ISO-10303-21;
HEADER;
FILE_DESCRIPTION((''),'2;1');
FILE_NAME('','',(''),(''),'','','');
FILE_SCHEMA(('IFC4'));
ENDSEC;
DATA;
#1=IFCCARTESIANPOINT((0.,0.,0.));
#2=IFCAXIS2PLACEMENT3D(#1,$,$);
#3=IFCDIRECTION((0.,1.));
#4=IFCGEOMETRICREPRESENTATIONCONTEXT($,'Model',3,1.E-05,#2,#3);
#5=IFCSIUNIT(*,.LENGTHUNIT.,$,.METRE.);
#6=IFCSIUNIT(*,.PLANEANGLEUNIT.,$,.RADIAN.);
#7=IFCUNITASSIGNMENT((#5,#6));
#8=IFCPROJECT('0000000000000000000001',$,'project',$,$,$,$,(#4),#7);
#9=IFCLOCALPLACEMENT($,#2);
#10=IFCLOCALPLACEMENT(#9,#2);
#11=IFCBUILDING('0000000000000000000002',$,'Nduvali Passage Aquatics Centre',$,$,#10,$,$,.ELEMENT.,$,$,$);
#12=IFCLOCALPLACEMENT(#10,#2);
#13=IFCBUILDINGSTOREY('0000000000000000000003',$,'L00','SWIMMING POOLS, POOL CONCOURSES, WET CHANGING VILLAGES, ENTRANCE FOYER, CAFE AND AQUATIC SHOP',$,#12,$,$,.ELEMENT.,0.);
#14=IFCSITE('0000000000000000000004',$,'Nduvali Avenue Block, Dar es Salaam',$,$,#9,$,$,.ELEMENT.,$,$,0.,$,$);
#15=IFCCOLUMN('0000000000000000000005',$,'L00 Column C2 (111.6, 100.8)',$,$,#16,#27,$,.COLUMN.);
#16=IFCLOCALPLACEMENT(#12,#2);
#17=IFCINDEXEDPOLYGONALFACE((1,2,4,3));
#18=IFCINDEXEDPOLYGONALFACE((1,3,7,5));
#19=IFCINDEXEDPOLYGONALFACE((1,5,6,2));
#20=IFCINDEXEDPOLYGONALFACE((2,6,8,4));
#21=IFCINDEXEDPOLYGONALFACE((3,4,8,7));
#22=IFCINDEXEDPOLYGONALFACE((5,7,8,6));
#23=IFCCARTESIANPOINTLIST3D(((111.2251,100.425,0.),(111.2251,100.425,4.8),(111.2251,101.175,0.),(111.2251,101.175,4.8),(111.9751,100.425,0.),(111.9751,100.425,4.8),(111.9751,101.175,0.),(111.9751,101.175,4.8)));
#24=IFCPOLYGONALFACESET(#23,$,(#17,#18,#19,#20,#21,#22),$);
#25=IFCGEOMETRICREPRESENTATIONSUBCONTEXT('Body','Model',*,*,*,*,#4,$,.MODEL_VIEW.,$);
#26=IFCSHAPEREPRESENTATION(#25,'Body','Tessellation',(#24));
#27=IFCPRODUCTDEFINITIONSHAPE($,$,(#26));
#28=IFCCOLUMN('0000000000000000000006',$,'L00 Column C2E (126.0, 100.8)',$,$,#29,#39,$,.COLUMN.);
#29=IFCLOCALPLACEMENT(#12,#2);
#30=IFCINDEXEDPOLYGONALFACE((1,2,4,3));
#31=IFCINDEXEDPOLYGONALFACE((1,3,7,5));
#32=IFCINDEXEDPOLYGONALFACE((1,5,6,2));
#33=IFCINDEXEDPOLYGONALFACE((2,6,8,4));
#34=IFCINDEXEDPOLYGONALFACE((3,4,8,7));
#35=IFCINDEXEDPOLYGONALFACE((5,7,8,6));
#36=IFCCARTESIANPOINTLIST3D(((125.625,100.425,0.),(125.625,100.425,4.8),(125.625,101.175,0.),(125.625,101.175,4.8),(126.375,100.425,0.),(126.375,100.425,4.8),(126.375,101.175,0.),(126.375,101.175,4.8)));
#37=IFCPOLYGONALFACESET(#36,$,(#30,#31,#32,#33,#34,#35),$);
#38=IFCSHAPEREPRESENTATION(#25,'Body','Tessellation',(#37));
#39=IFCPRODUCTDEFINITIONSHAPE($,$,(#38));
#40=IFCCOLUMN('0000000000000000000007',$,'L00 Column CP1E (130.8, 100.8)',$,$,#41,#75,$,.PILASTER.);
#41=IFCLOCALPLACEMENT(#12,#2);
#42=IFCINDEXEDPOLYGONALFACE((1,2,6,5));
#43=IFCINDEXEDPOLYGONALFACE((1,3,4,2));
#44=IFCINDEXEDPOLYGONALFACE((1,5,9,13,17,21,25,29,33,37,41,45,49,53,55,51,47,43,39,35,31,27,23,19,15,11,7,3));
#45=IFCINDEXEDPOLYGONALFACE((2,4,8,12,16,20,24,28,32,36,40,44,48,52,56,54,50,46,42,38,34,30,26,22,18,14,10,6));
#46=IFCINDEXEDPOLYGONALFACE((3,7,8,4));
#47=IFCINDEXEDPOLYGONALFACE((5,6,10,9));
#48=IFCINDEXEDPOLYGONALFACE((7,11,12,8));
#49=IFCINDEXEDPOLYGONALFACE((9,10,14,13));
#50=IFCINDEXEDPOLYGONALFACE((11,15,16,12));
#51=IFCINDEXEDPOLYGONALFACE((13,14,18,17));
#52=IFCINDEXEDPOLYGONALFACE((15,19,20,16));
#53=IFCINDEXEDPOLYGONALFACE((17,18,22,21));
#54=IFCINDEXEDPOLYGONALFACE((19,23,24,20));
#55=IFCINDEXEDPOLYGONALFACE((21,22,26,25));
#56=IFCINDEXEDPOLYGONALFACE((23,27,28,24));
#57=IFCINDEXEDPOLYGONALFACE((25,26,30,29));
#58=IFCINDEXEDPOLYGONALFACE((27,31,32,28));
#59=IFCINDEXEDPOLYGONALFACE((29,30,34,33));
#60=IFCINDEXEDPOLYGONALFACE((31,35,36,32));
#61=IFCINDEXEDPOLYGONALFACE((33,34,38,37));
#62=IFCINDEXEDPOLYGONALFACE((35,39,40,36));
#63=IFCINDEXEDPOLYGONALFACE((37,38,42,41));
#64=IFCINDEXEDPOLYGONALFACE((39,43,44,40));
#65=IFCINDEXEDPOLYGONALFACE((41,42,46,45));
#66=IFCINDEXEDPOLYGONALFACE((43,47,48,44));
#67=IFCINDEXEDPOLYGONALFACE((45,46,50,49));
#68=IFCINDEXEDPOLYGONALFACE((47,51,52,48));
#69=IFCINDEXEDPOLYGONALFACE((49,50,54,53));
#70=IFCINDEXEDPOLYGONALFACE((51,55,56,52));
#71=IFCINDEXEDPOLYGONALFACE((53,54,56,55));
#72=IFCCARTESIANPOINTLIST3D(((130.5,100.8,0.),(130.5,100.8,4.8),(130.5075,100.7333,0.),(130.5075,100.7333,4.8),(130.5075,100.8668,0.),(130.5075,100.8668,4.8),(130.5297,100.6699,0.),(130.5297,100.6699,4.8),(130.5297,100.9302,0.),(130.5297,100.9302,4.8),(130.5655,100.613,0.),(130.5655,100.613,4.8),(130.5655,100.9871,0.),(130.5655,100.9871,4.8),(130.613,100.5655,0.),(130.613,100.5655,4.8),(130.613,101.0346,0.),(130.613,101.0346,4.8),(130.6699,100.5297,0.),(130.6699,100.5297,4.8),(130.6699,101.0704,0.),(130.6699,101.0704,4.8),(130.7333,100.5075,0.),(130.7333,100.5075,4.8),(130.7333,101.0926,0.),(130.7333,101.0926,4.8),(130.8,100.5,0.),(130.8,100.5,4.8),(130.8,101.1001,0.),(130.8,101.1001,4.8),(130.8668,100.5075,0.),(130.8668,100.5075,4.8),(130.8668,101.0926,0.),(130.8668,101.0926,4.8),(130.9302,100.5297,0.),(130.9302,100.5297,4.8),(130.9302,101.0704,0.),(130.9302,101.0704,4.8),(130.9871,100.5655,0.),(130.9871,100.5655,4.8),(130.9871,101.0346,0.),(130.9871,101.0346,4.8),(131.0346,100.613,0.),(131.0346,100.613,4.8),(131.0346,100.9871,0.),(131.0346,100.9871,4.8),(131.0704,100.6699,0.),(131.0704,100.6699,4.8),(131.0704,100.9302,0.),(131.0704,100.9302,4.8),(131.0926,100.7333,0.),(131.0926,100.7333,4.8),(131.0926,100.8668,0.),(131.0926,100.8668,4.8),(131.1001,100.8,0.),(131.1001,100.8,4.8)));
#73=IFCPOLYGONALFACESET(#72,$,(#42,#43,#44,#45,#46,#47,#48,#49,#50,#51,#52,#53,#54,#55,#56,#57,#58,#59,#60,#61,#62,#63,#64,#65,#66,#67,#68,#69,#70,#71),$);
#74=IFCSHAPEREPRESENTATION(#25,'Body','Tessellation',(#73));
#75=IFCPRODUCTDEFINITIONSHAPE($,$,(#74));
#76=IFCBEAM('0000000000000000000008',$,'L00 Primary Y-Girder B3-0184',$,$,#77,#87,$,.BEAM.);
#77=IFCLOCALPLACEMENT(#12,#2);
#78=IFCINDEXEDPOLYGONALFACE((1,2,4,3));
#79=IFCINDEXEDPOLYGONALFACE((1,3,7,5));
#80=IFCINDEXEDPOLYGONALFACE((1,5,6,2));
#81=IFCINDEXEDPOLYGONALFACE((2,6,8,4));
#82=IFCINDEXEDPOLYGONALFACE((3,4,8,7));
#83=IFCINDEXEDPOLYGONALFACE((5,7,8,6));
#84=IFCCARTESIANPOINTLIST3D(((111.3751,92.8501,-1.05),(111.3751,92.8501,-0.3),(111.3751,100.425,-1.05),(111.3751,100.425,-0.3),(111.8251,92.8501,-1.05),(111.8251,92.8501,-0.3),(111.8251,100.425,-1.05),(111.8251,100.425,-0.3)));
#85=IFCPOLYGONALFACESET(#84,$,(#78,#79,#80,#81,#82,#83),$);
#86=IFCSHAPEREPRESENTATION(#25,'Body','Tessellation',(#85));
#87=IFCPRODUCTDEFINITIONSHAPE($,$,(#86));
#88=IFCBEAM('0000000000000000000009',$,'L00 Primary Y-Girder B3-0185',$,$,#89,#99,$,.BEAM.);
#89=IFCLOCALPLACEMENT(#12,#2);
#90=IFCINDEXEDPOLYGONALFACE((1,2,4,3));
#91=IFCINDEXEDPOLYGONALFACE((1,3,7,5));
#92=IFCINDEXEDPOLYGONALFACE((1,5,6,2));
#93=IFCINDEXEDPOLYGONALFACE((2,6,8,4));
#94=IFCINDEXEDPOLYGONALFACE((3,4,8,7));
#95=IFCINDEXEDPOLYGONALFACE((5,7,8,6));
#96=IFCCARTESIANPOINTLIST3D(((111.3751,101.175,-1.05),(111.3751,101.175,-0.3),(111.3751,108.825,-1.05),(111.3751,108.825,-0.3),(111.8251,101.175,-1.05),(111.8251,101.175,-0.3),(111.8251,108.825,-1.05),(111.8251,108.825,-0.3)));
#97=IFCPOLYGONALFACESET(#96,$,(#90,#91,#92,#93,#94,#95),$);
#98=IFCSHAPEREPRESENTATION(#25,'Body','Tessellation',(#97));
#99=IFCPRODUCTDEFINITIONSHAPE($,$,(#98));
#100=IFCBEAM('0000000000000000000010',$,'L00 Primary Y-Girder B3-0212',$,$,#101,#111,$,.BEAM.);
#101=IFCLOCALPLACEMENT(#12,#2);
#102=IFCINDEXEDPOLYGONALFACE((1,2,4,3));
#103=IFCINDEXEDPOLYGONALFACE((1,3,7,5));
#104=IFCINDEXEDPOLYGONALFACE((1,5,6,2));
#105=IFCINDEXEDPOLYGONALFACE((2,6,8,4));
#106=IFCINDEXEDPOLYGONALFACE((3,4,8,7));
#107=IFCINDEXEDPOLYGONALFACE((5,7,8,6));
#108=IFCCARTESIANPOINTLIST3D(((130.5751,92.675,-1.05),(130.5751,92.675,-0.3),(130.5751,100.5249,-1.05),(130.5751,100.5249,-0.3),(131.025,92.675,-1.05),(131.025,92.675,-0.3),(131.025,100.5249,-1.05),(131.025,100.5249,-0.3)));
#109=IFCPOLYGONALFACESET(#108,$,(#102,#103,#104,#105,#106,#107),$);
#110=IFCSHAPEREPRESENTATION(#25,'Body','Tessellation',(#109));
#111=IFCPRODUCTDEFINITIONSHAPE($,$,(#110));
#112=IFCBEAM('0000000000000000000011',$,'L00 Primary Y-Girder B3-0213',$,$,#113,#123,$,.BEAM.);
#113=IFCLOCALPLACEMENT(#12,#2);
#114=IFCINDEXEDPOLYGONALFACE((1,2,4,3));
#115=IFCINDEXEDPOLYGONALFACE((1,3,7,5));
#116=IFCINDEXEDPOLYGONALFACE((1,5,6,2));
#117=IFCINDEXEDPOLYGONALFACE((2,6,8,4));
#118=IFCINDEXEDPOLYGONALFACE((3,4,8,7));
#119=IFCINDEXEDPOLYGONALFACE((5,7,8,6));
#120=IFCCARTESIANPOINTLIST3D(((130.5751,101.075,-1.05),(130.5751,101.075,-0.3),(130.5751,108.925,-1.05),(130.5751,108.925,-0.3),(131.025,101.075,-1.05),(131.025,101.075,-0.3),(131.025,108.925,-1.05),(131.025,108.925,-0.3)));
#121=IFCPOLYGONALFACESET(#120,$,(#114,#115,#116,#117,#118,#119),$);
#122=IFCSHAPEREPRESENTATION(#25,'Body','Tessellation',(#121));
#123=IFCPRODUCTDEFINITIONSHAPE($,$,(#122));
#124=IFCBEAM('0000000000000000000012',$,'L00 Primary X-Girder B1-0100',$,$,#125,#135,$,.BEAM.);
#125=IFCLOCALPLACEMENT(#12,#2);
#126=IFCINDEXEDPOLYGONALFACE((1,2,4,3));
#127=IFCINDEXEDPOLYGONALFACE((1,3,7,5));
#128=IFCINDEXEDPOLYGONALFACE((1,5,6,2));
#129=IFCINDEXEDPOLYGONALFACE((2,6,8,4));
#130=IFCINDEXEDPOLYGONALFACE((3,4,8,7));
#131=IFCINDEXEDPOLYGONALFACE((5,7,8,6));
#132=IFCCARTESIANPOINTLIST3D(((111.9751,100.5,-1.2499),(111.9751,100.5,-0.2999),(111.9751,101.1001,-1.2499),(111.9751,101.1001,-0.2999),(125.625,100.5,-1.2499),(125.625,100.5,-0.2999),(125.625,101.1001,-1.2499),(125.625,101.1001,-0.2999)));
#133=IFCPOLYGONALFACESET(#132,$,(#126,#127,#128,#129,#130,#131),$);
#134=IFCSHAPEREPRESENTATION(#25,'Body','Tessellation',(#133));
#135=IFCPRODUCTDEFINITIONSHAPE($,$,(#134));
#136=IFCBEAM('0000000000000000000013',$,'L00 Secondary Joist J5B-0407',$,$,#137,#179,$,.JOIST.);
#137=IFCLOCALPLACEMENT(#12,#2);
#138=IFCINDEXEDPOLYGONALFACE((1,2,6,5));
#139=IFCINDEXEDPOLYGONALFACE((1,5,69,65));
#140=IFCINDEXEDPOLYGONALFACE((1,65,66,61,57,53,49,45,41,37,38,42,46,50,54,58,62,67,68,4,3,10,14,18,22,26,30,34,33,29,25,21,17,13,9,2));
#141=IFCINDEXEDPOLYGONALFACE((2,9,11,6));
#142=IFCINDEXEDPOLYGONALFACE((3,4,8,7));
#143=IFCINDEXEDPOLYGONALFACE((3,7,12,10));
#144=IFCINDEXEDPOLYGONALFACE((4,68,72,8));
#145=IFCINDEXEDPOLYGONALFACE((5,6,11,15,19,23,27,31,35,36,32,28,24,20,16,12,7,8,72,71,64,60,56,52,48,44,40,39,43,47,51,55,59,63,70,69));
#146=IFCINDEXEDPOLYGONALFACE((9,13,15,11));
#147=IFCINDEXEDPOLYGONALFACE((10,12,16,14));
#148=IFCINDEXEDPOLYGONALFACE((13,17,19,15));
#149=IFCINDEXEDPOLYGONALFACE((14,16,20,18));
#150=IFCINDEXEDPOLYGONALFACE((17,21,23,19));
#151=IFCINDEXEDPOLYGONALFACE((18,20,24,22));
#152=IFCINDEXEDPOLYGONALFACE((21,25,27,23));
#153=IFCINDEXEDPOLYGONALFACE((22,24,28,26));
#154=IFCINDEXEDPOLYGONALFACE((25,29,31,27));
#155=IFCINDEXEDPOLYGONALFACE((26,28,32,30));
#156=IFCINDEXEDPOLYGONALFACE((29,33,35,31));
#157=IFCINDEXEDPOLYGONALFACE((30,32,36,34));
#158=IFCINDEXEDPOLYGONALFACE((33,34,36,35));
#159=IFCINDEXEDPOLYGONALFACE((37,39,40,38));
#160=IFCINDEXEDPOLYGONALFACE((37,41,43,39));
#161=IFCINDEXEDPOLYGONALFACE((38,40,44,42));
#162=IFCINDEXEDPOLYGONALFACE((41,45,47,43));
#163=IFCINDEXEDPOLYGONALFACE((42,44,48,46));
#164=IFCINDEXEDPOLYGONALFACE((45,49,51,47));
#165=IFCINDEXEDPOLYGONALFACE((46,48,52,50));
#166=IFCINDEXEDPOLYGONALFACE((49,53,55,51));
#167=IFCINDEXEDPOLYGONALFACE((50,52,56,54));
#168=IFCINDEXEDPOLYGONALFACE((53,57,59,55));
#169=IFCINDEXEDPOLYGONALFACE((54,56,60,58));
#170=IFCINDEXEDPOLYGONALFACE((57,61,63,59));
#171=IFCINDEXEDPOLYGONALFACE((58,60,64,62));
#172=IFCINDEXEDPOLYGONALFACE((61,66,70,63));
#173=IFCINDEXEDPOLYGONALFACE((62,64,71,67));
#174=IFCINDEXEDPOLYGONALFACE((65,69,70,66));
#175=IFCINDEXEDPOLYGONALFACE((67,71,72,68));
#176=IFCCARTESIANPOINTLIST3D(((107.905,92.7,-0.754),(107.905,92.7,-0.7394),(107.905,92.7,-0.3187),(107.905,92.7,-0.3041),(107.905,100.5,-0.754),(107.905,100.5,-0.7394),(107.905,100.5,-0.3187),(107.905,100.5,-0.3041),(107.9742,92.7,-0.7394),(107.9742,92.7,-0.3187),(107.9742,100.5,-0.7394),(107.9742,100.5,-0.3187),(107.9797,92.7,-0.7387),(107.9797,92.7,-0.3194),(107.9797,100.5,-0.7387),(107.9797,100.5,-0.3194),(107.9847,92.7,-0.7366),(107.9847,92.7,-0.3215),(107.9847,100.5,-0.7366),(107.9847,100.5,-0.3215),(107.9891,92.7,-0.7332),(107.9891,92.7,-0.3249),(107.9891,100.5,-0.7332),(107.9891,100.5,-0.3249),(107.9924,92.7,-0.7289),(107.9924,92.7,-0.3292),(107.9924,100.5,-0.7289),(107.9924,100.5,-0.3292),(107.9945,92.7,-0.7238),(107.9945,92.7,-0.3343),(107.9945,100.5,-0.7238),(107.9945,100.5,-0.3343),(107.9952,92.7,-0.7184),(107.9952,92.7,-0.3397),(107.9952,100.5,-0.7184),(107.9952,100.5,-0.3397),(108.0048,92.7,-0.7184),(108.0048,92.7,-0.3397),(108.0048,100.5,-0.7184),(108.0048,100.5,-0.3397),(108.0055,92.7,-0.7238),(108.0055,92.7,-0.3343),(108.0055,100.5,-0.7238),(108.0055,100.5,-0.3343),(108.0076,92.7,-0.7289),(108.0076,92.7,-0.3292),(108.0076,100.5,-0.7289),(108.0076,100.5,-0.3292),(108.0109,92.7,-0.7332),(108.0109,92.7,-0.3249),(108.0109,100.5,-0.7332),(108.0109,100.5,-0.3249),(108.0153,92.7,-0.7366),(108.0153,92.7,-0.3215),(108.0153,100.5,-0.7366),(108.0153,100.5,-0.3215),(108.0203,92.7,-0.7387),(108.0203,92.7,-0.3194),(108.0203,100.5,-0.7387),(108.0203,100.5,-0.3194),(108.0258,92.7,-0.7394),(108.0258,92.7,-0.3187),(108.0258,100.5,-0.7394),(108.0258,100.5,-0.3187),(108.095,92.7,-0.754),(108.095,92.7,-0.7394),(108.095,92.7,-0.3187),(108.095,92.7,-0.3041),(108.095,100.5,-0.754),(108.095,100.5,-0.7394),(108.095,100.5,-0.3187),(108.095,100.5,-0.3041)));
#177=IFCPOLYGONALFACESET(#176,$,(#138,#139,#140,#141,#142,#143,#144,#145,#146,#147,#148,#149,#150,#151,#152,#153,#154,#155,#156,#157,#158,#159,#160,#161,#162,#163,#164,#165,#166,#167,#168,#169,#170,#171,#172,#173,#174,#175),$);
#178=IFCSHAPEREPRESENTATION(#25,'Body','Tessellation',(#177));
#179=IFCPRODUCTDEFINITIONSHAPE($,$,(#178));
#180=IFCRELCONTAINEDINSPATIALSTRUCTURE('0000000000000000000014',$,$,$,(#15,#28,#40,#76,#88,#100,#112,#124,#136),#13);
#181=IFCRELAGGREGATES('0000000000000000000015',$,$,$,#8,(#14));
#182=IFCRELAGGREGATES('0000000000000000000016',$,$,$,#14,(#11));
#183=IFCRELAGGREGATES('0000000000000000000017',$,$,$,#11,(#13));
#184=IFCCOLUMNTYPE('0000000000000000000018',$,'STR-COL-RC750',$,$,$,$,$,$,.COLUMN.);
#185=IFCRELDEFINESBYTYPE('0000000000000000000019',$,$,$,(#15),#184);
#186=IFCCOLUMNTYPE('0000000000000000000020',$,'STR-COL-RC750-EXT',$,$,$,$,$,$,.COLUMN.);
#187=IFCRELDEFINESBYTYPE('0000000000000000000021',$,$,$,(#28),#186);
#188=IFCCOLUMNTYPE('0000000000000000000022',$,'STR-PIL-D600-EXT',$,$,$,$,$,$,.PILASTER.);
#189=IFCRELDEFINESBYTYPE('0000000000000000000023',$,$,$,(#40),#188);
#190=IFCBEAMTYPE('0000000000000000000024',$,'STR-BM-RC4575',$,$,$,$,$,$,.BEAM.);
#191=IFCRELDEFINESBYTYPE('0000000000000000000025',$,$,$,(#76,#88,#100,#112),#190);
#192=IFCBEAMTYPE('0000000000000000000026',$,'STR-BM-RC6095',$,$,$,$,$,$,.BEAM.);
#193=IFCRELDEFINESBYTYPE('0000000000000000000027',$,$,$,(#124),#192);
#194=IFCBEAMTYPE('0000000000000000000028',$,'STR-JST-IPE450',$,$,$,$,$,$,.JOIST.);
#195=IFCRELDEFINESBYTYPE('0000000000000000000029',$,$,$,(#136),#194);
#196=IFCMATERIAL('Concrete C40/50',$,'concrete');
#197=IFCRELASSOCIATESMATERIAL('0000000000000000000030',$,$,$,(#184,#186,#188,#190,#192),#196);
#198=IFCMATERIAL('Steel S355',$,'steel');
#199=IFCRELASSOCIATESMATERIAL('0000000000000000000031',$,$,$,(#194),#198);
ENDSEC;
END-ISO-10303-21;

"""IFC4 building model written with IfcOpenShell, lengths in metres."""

from ifc_helpers import new_model, si_unit, direction, frame, origin, origin_2d, place, context, subcontext, project, spatial, rectangle, circle, i_section, extrude, material, material_profile, profile_set, type_object, element, save


model = new_model("IFC4")

# Units and contexts
model_context = context("Model", 3, precision=1e-05, world=origin(), true_north=direction((0.0, 1.0)))
body_context = subcontext(model_context, "Body", "Model", "MODEL_VIEW")
ifc_project = project(units=[si_unit("LENGTHUNIT", "METRE"), si_unit("PLANEANGLEUNIT", "RADIAN")], contexts=[model_context])

# Site, building, storey
site_placement = place(None, origin())
site = spatial("IfcSite", under=ifc_project, at=site_placement, Name="Nduvali Avenue Block, Dar es Salaam", CompositionType="ELEMENT", RefElevation=0.0)
building_placement = place(site_placement, origin())
building = spatial("IfcBuilding", under=site, at=building_placement, Name="Nduvali Passage Aquatics Centre", CompositionType="ELEMENT")
storey_placement = place(building_placement, origin())
storey = spatial("IfcBuildingStorey", under=building, at=storey_placement, Name="L00", Description="SWIMMING POOLS, POOL CONCOURSES, WET CHANGING VILLAGES, ENTRANCE FOYER, CAFE AND AQUATIC SHOP", CompositionType="ELEMENT", Elevation=0.0)

# Columns
ifc_material_1 = material(Name="Concrete C40/50", Category="concrete")
ifc_material_profile_1 = material_profile(ifc_material_1, rectangle(XDim=0.75, YDim=0.75, at=origin_2d()), Name="RC 750x750")
ifc_profile_set_1 = profile_set([ifc_material_profile_1], Name="Concrete C40/50")
column_type_1 = type_object("IfcColumnType", Name="STR-COL-RC750", PredefinedType="COLUMN", material=ifc_profile_set_1)
column_1_placement = place(storey_placement, frame((111.6001, 100.8, 0.0), z_axis=(0.0, 0.0, 1.0), x_axis=(1.0, 0.0, 0.0)))
element("IfcColumn", 1, at=column_1_placement, inside=storey, type_object=column_type_1, Name="L00 Column C2 (111.6, 100.8)", PredefinedType="COLUMN", context=body_context, shape_type="SweptSolid", body=[
    extrude(rectangle(XDim=0.75, YDim=0.75, at=origin_2d()), origin(), (0.0, 0.0, 1.0), 4.8),
])
ifc_material_profile_2 = material_profile(ifc_material_1, rectangle(XDim=0.75, YDim=0.75, at=origin_2d()), Name="RC 750x750")
ifc_profile_set_2 = profile_set([ifc_material_profile_2], Name="Concrete C40/50")
column_type_2 = type_object("IfcColumnType", Name="STR-COL-RC750-EXT", PredefinedType="COLUMN", material=ifc_profile_set_2)
column_2_placement = place(storey_placement, frame((126.0, 100.8, 0.0), z_axis=(0.0, 0.0, 1.0), x_axis=(1.0, 0.0, 0.0)))
element("IfcColumn", 2, at=column_2_placement, inside=storey, type_object=column_type_2, Name="L00 Column C2E (126.0, 100.8)", PredefinedType="COLUMN", context=body_context, shape_type="SweptSolid", body=[
    extrude(rectangle(XDim=0.75, YDim=0.75, at=origin_2d()), origin(), (0.0, 0.0, 1.0), 4.8),
])
ifc_material_profile_3 = material_profile(ifc_material_1, circle(Radius=0.3, at=origin_2d()), Name="RC D600")
ifc_profile_set_3 = profile_set([ifc_material_profile_3], Name="Concrete C40/50")
column_type_3 = type_object("IfcColumnType", Name="STR-PIL-D600-EXT", PredefinedType="PILASTER", material=ifc_profile_set_3)
column_3_placement = place(storey_placement, frame((130.8, 100.8, 0.0), z_axis=(0.0, 0.0, 1.0), x_axis=(1.0, 0.0, 0.0)))
element("IfcColumn", 3, at=column_3_placement, inside=storey, type_object=column_type_3, Name="L00 Column CP1E (130.8, 100.8)", PredefinedType="PILASTER", context=body_context, shape_type="SweptSolid", body=[
    extrude(circle(Radius=0.3, at=origin_2d()), origin(), (0.0, 0.0, 1.0), 4.8),
])

# Beams
ifc_material_profile_4 = material_profile(ifc_material_1, rectangle(XDim=0.45, YDim=0.75, at=origin_2d()), Name="RC 450x750")
ifc_profile_set_4 = profile_set([ifc_material_profile_4], Name="Concrete C40/50")
beam_type_1 = type_object("IfcBeamType", Name="STR-BM-RC4575", PredefinedType="BEAM", material=ifc_profile_set_4)
beam_1_placement = place(storey_placement, frame((111.6001, 92.8501, -0.675), z_axis=(0.0, 1.0, 0.0), x_axis=(-1.0, 0.0, 0.0)))
element("IfcBeam", 4, at=beam_1_placement, inside=storey, type_object=beam_type_1, Name="L00 Primary Y-Girder B3-0184", PredefinedType="BEAM", context=body_context, shape_type="SweptSolid", body=[
    extrude(rectangle(XDim=0.45, YDim=0.75, at=origin_2d()), origin(), (0.0, 0.0, 1.0), 7.575),
])
beam_2_placement = place(storey_placement, frame((111.6001, 101.175, -0.675), z_axis=(0.0, 1.0, 0.0), x_axis=(-1.0, 0.0, 0.0)))
element("IfcBeam", 5, at=beam_2_placement, inside=storey, type_object=beam_type_1, Name="L00 Primary Y-Girder B3-0185", PredefinedType="BEAM", context=body_context, shape_type="SweptSolid", body=[
    extrude(rectangle(XDim=0.45, YDim=0.75, at=origin_2d()), origin(), (0.0, 0.0, 1.0), 7.6499),
])
beam_3_placement = place(storey_placement, frame((130.8, 92.675, -0.675), z_axis=(0.0, 1.0, 0.0), x_axis=(-1.0, 0.0, 0.0)))
element("IfcBeam", 6, at=beam_3_placement, inside=storey, type_object=beam_type_1, Name="L00 Primary Y-Girder B3-0212", PredefinedType="BEAM", context=body_context, shape_type="SweptSolid", body=[
    extrude(rectangle(XDim=0.45, YDim=0.75, at=origin_2d()), origin(), (0.0, 0.0, 1.0), 7.8499),
])
beam_4_placement = place(storey_placement, frame((130.8, 101.075, -0.675), z_axis=(0.0, 1.0, 0.0), x_axis=(-1.0, 0.0, 0.0)))
element("IfcBeam", 7, at=beam_4_placement, inside=storey, type_object=beam_type_1, Name="L00 Primary Y-Girder B3-0213", PredefinedType="BEAM", context=body_context, shape_type="SweptSolid", body=[
    extrude(rectangle(XDim=0.45, YDim=0.75, at=origin_2d()), origin(), (0.0, 0.0, 1.0), 7.8501),
])
ifc_material_profile_5 = material_profile(ifc_material_1, rectangle(XDim=0.6001, YDim=0.95, at=origin_2d()), Name="RC 600x950")
ifc_profile_set_5 = profile_set([ifc_material_profile_5], Name="Concrete C40/50")
beam_type_2 = type_object("IfcBeamType", Name="STR-BM-RC6095", PredefinedType="BEAM", material=ifc_profile_set_5)
beam_5_placement = place(storey_placement, frame((111.9751, 100.8, -0.7749), z_axis=(1.0, 0.0, 0.0), x_axis=(0.0, 1.0, 0.0)))
element("IfcBeam", 8, at=beam_5_placement, inside=storey, type_object=beam_type_2, Name="L00 Primary X-Girder B1-0100", PredefinedType="BEAM", context=body_context, shape_type="SweptSolid", body=[
    extrude(rectangle(XDim=0.6001, YDim=0.95, at=origin_2d()), origin(), (0.0, 0.0, 1.0), 13.6499),
])
ifc_material_2 = material(Name="Steel S355", Category="steel")
ifc_material_profile_6 = material_profile(ifc_material_2, i_section(OverallWidth=0.1899, OverallDepth=0.45, WebThickness=0.0095, FlangeThickness=0.0146, FilletRadius=0.021, at=origin_2d()), Name="IPE 450")
ifc_profile_set_6 = profile_set([ifc_material_profile_6], Name="Steel S355")
beam_type_3 = type_object("IfcBeamType", Name="STR-JST-IPE450", PredefinedType="JOIST", material=ifc_profile_set_6)
beam_6_placement = place(storey_placement, frame((108.0, 92.7, -0.5291), z_axis=(0.0, 1.0, 0.0), x_axis=(-1.0, 0.0, 0.0)))
element("IfcBeam", 9, at=beam_6_placement, inside=storey, type_object=beam_type_3, Name="L00 Secondary Joist J5B-0407", PredefinedType="JOIST", context=body_context, shape_type="SweptSolid", body=[
    extrude(i_section(OverallWidth=0.1899, OverallDepth=0.45, WebThickness=0.0095, FlangeThickness=0.0146, FilletRadius=0.021, at=origin_2d()), origin(), (0.0, 0.0, 1.0), 7.8),
])

save(model, "model.ifc")
